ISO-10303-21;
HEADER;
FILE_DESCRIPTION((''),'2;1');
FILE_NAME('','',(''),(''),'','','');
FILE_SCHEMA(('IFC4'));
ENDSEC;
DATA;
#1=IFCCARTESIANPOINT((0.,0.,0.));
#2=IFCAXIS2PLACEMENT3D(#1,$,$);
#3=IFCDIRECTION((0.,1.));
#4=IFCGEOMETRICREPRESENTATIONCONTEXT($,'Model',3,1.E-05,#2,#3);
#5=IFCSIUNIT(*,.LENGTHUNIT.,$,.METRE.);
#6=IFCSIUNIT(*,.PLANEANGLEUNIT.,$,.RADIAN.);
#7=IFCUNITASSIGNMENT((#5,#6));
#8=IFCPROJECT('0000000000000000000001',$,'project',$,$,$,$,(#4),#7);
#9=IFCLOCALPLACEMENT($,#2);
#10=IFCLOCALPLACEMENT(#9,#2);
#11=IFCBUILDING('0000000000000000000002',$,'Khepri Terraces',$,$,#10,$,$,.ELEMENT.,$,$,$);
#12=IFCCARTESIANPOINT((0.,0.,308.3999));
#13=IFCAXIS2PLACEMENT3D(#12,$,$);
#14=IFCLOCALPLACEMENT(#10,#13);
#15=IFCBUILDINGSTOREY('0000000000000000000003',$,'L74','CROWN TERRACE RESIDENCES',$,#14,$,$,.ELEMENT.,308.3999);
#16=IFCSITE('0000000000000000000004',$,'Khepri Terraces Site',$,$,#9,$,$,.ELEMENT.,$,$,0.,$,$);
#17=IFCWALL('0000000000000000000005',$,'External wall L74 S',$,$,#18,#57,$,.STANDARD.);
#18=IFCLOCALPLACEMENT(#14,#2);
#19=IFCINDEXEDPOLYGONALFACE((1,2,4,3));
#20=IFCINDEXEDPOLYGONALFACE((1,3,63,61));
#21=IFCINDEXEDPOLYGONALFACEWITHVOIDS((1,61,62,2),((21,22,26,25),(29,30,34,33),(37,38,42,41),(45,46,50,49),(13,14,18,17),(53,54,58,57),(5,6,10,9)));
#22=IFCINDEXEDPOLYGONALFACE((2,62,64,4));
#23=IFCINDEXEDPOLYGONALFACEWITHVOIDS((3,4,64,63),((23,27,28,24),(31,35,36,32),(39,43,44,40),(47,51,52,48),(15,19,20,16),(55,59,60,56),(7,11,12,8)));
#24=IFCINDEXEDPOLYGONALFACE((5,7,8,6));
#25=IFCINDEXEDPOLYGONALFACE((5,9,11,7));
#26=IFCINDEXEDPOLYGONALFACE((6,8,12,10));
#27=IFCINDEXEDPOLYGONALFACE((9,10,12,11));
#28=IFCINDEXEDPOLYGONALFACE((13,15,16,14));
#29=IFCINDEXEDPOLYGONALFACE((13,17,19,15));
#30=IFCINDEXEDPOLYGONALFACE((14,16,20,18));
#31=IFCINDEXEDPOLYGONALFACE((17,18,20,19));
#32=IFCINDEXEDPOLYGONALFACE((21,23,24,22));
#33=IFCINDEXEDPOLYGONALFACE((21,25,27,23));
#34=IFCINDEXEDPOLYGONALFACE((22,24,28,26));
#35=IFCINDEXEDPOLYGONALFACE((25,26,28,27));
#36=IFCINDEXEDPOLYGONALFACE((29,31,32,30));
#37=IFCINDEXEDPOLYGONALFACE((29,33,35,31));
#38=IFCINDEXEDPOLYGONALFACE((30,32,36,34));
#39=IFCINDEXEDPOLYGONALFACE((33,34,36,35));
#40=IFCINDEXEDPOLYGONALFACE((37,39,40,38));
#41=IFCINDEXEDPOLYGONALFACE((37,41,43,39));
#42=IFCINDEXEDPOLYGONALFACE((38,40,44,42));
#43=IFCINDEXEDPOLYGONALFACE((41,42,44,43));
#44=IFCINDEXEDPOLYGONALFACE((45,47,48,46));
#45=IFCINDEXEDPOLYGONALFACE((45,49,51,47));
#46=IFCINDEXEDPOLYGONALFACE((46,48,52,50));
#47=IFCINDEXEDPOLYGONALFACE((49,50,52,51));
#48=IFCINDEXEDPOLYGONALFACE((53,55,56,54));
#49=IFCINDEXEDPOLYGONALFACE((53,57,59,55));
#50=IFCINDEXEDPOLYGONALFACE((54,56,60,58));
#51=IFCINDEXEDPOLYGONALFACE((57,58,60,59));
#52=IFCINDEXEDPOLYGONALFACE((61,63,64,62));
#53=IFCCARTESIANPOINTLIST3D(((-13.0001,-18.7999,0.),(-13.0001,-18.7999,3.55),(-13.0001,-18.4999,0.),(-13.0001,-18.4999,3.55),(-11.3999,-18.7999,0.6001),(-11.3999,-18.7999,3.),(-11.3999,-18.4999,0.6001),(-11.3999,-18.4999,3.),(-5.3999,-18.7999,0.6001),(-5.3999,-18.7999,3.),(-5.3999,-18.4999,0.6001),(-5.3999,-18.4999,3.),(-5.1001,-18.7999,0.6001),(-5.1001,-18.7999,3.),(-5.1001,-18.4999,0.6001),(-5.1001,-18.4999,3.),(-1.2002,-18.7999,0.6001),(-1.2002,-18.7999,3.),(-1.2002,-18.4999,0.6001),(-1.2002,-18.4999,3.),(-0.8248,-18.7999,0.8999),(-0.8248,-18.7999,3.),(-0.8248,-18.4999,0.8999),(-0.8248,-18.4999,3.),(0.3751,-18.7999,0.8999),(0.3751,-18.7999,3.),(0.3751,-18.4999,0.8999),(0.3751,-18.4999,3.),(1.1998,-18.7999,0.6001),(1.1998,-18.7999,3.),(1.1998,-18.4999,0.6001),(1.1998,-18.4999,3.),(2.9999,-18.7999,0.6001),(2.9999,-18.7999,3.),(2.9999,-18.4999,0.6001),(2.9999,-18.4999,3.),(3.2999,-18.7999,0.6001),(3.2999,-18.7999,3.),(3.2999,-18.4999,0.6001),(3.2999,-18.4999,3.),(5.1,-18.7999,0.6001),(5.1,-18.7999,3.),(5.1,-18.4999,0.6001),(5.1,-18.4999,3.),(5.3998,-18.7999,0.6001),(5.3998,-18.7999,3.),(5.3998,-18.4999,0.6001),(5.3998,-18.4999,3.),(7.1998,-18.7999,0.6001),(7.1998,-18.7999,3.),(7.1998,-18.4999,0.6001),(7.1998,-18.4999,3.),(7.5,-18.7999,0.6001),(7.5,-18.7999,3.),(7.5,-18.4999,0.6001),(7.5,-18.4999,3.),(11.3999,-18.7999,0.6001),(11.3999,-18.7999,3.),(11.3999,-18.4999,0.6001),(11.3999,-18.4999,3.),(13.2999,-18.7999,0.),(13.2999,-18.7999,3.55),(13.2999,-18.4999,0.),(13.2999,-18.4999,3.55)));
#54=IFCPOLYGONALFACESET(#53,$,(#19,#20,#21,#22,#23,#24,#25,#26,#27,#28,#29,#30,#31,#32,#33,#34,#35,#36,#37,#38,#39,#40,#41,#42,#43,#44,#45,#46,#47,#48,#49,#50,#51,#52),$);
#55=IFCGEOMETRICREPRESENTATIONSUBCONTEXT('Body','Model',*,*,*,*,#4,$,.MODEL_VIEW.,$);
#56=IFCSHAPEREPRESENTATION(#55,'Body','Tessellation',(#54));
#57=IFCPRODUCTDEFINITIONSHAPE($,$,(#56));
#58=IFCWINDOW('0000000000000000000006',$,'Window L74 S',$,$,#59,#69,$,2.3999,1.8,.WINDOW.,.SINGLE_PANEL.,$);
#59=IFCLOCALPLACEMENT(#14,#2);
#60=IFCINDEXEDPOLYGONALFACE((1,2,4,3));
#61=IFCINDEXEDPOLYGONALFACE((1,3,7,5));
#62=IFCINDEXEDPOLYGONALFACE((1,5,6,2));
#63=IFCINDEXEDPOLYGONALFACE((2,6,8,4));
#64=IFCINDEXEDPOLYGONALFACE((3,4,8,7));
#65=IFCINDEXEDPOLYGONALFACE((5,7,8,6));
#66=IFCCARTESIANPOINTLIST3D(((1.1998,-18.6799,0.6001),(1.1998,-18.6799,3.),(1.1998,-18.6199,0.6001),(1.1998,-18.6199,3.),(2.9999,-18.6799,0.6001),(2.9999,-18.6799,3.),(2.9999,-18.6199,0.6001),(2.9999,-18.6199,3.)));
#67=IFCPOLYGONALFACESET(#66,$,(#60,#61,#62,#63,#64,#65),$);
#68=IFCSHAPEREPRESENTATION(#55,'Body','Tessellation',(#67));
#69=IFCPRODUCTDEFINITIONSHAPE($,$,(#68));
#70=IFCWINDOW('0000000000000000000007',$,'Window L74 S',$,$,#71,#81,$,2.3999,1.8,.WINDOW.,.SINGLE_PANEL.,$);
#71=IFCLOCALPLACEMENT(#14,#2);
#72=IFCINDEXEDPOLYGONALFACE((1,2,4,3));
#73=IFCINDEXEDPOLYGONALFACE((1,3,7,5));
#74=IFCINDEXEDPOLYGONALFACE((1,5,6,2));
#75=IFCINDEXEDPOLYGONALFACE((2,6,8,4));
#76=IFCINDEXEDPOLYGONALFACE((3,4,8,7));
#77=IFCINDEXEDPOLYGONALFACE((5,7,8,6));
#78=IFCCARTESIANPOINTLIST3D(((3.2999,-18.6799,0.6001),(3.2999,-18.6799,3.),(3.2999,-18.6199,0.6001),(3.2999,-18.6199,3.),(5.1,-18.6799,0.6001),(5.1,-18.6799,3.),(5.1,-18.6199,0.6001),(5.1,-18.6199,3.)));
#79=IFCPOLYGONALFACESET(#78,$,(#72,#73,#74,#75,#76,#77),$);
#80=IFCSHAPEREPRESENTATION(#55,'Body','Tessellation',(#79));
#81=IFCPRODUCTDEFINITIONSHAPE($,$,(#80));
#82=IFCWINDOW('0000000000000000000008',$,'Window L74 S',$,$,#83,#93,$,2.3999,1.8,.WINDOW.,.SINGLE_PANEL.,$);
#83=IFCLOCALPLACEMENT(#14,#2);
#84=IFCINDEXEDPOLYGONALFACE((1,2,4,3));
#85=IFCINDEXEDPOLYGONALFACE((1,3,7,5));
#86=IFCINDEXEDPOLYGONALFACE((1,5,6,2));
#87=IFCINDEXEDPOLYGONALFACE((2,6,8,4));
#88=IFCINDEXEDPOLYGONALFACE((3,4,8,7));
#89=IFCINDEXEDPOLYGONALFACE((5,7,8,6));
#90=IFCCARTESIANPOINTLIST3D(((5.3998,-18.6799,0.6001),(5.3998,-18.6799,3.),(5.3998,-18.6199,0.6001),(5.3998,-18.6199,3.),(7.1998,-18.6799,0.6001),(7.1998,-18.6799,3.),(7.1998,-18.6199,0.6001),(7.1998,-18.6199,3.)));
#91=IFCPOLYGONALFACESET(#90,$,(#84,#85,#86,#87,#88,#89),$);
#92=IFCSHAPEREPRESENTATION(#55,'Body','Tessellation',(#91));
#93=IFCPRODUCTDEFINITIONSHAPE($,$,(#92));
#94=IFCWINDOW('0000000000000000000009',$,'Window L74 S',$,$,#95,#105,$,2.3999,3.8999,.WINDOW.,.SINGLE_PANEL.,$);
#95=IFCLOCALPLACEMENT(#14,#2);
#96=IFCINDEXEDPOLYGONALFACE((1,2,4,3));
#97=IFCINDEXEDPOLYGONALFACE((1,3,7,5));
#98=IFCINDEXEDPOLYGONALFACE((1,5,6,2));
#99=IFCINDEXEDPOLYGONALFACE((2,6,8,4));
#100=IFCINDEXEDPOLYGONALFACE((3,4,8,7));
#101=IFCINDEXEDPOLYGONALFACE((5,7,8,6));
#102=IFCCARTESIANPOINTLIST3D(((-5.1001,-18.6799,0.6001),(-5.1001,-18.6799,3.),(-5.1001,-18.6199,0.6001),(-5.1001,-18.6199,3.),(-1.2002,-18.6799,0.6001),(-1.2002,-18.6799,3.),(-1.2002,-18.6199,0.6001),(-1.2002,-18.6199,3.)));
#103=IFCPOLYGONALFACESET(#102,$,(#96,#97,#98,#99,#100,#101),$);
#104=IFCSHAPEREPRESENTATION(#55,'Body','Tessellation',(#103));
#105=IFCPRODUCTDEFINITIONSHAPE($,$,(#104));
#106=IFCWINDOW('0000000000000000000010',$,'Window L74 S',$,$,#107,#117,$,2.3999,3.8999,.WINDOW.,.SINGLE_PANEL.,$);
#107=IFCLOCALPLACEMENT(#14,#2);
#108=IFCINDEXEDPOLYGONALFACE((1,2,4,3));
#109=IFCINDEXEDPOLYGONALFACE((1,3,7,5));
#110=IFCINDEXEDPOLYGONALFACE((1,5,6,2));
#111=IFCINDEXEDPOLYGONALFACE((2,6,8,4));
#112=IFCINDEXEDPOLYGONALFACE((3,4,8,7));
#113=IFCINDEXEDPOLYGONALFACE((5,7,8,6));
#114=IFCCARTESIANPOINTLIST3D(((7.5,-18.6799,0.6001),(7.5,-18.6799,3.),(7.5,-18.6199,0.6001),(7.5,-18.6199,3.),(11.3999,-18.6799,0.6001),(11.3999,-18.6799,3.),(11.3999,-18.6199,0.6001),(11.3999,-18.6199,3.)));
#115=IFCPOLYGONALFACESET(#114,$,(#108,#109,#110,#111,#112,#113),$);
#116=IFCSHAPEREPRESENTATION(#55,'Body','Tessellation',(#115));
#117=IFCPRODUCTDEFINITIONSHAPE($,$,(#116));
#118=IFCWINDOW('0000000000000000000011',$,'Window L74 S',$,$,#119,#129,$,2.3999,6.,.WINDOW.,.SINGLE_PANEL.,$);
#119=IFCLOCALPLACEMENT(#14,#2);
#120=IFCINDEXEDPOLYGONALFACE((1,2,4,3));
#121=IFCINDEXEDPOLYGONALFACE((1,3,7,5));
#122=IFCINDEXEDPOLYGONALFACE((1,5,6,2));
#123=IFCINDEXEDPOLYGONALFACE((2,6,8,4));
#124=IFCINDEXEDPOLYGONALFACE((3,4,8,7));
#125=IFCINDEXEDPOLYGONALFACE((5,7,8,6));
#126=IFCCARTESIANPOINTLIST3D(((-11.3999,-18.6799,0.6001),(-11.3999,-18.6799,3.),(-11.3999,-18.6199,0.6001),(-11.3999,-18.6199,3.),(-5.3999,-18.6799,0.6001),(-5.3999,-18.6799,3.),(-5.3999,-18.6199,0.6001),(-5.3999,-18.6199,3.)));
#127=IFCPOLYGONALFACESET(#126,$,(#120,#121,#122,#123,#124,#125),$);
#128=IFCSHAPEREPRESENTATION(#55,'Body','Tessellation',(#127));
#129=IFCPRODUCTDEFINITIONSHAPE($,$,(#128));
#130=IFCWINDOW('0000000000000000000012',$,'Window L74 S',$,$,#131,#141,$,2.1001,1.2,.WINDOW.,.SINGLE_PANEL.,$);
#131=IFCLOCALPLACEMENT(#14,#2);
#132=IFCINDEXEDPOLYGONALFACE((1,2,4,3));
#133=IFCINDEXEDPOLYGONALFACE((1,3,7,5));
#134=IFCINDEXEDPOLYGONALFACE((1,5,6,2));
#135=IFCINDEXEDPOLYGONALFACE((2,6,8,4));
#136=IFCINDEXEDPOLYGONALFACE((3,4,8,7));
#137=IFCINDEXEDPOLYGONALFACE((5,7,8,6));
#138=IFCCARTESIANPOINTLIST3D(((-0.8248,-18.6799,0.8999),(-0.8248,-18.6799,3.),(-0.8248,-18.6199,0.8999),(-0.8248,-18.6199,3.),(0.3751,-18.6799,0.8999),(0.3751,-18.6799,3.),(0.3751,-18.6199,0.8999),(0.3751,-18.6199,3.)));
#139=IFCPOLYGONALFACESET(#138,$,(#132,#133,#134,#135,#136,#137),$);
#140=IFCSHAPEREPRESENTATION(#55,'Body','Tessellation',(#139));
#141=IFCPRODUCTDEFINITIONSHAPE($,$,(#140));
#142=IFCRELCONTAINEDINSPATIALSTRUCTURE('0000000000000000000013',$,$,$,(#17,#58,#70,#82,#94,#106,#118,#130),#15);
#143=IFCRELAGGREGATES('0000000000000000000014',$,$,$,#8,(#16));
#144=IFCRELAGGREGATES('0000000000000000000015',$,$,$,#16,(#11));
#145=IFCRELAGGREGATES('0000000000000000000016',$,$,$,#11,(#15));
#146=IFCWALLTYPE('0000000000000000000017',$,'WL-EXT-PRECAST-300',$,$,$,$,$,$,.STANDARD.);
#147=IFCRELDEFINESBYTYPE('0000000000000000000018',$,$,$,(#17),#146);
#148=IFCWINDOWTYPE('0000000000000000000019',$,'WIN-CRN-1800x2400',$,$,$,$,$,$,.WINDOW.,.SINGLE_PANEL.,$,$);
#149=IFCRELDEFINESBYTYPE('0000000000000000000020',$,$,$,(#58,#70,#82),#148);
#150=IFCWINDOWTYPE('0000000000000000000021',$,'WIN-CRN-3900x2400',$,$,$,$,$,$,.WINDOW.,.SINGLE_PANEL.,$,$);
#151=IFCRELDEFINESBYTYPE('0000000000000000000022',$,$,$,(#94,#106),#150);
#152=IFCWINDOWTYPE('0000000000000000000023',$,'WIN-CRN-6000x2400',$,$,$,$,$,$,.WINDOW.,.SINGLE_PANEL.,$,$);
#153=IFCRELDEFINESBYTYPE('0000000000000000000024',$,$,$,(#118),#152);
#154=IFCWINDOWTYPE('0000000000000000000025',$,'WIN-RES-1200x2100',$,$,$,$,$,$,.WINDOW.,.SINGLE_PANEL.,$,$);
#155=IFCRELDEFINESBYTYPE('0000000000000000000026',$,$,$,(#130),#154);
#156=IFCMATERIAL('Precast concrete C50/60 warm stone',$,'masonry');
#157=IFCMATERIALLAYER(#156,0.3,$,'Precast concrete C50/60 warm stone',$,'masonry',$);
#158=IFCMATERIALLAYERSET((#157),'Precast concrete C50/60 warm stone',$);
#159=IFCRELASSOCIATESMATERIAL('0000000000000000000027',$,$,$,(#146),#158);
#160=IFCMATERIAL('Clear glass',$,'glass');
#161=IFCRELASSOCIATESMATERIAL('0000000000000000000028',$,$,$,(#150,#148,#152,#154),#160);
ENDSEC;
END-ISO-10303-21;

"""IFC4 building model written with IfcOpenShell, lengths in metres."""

from ifc_helpers import new_model, si_unit, direction, frame, frame_2d, origin, place, context, subcontext, project, spatial, rectangle, extrude, material, layer, layer_set, type_object, element, fill, save


model = new_model("IFC4")

# Units and contexts
model_context = context("Model", 3, precision=1e-05, world=origin(), true_north=direction((0.0, 1.0)))
body_context = subcontext(model_context, "Body", "Model", "MODEL_VIEW")
ifc_project = project(units=[si_unit("LENGTHUNIT", "METRE"), si_unit("PLANEANGLEUNIT", "RADIAN")], contexts=[model_context])

# Site, building, storey
site_placement = place(None, origin())
site = spatial("IfcSite", under=ifc_project, at=site_placement, Name="Khepri Terraces Site", CompositionType="ELEMENT", RefElevation=0.0)
building_placement = place(site_placement, origin())
building = spatial("IfcBuilding", under=site, at=building_placement, Name="Khepri Terraces", CompositionType="ELEMENT")
storey_placement = place(building_placement, frame((0.0, 0.0, 308.3999)))
storey = spatial("IfcBuildingStorey", under=building, at=storey_placement, Name="L74", Description="CROWN TERRACE RESIDENCES", CompositionType="ELEMENT", Elevation=308.3999)

# Shared definitions
ifc_material_1 = material(Name="Precast concrete C50/60 warm stone", Category="masonry")
ifc_layer_1 = layer(ifc_material_1, 0.3, Name="Precast concrete C50/60 warm stone", Category="masonry")
ifc_layer_set_1 = layer_set([ifc_layer_1], Name="Precast concrete C50/60 warm stone")
wall_type_1 = type_object("IfcWallType", Name="WL-EXT-PRECAST-300", PredefinedType="STANDARD", material=ifc_layer_set_1)
ifc_material_2 = material(Name="Clear glass", Category="glass")
window_type_1 = type_object("IfcWindowType", Name="WIN-CRN-3900x2400", PartitioningType="SINGLE_PANEL", PredefinedType="WINDOW", material=ifc_material_2)

# Wall, openings, windows
wall_1_placement = place(storey_placement, frame((-13.0, -18.6499, 0.0), z_axis=(0.0, 0.0, 1.0), x_axis=(1.0, 0.0, 0.0)))
wall_1 = element("IfcWall", 1, at=wall_1_placement, inside=storey, type_object=wall_type_1, Name="External wall L74 S", PredefinedType="STANDARD", context=body_context, shape_type="SweptSolid", body=[
    extrude(rectangle(XDim=26.3, YDim=0.3, at=frame_2d((13.1499, 0.0))), origin(), (0.0, 0.0, 1.0), 3.55),
])
opening_1_placement = place(wall_1_placement, frame((1.6001, 0.0, 0.6001)))
opening_1 = element("IfcOpeningElement", 2, at=opening_1_placement, cuts=wall_1, PredefinedType="OPENING", context=body_context, shape_type="SweptSolid", body=[
    extrude(rectangle(XDim=6.0, YDim=2.3999, at=frame_2d((3.0, 1.2))), frame((0.0, 0.1602, 0.0), z_axis=(0.0, -1.0, 0.0), x_axis=(1.0, 0.0, 0.0)), (0.0, 0.0, 1.0), 0.3201),
])
opening_2_placement = place(wall_1_placement, frame((7.8999, 0.0, 0.6001)))
opening_2 = element("IfcOpeningElement", 3, at=opening_2_placement, cuts=wall_1, PredefinedType="OPENING", context=body_context, shape_type="SweptSolid", body=[
    extrude(rectangle(XDim=3.8999, YDim=2.3999, at=frame_2d((1.95, 1.2))), frame((0.0, 0.1602, 0.0), z_axis=(0.0, -1.0, 0.0), x_axis=(1.0, 0.0, 0.0)), (0.0, 0.0, 1.0), 0.3201),
])
opening_3_placement = place(wall_1_placement, frame((14.2, 0.0, 0.6001)))
opening_3 = element("IfcOpeningElement", 4, at=opening_3_placement, cuts=wall_1, PredefinedType="OPENING", context=body_context, shape_type="SweptSolid", body=[
    extrude(rectangle(XDim=1.8, YDim=2.3999, at=frame_2d((0.8999, 1.2))), frame((0.0, 0.1602, 0.0), z_axis=(0.0, -1.0, 0.0), x_axis=(1.0, 0.0, 0.0)), (0.0, 0.0, 1.0), 0.3201),
])
opening_4_placement = place(wall_1_placement, frame((16.3, 0.0, 0.6001)))
opening_4 = element("IfcOpeningElement", 5, at=opening_4_placement, cuts=wall_1, PredefinedType="OPENING", context=body_context, shape_type="SweptSolid", body=[
    extrude(rectangle(XDim=1.8, YDim=2.3999, at=frame_2d((0.8999, 1.2))), frame((0.0, 0.1602, 0.0), z_axis=(0.0, -1.0, 0.0), x_axis=(1.0, 0.0, 0.0)), (0.0, 0.0, 1.0), 0.3201),
])
opening_5_placement = place(wall_1_placement, frame((18.3999, 0.0, 0.6001)))
opening_5 = element("IfcOpeningElement", 6, at=opening_5_placement, cuts=wall_1, PredefinedType="OPENING", context=body_context, shape_type="SweptSolid", body=[
    extrude(rectangle(XDim=1.8, YDim=2.3999, at=frame_2d((0.8999, 1.2))), frame((0.0, 0.1602, 0.0), z_axis=(0.0, -1.0, 0.0), x_axis=(1.0, 0.0, 0.0)), (0.0, 0.0, 1.0), 0.3201),
])
opening_6_placement = place(wall_1_placement, frame((20.5, 0.0, 0.6001)))
opening_6 = element("IfcOpeningElement", 7, at=opening_6_placement, cuts=wall_1, PredefinedType="OPENING", context=body_context, shape_type="SweptSolid", body=[
    extrude(rectangle(XDim=3.8999, YDim=2.3999, at=frame_2d((1.95, 1.2))), frame((0.0, 0.1602, 0.0), z_axis=(0.0, -1.0, 0.0), x_axis=(1.0, 0.0, 0.0)), (0.0, 0.0, 1.0), 0.3201),
])
opening_7_placement = place(wall_1_placement, frame((12.175, 0.0, 0.8999)))
opening_7 = element("IfcOpeningElement", 8, at=opening_7_placement, cuts=wall_1, PredefinedType="OPENING", context=body_context, shape_type="SweptSolid", body=[
    extrude(rectangle(XDim=1.2, YDim=2.1001, at=frame_2d((0.6001, 1.05))), frame((0.0, 0.1602, 0.0), z_axis=(0.0, -1.0, 0.0), x_axis=(1.0, 0.0, 0.0)), (0.0, 0.0, 1.0), 0.3201),
])
window_type_2 = type_object("IfcWindowType", Name="WIN-CRN-1800x2400", PartitioningType="SINGLE_PANEL", PredefinedType="WINDOW", material=ifc_material_2)
window_1_placement = place(opening_3_placement, origin())
window_1 = element("IfcWindow", 9, at=window_1_placement, inside=storey, type_object=window_type_2, Name="Window L74 S", OverallHeight=2.3999, OverallWidth=1.8, PartitioningType="SINGLE_PANEL", PredefinedType="WINDOW", context=body_context, shape_type="SweptSolid", body=[
    extrude(rectangle(XDim=1.8, YDim=2.3999, at=frame_2d((0.8999, 1.2))), frame((0.0, 0.03, 0.0), z_axis=(0.0, -1.0, 0.0), x_axis=(1.0, 0.0, 0.0)), (0.0, 0.0, 1.0), 0.0601),
])
fill(opening_3, window_1)
window_2_placement = place(opening_4_placement, origin())
window_2 = element("IfcWindow", 10, at=window_2_placement, inside=storey, type_object=window_type_2, Name="Window L74 S", OverallHeight=2.3999, OverallWidth=1.8, PartitioningType="SINGLE_PANEL", PredefinedType="WINDOW", context=body_context, shape_type="SweptSolid", body=[
    extrude(rectangle(XDim=1.8, YDim=2.3999, at=frame_2d((0.8999, 1.2))), frame((0.0, 0.03, 0.0), z_axis=(0.0, -1.0, 0.0), x_axis=(1.0, 0.0, 0.0)), (0.0, 0.0, 1.0), 0.0601),
])
fill(opening_4, window_2)
window_3_placement = place(opening_5_placement, origin())
window_3 = element("IfcWindow", 11, at=window_3_placement, inside=storey, type_object=window_type_2, Name="Window L74 S", OverallHeight=2.3999, OverallWidth=1.8, PartitioningType="SINGLE_PANEL", PredefinedType="WINDOW", context=body_context, shape_type="SweptSolid", body=[
    extrude(rectangle(XDim=1.8, YDim=2.3999, at=frame_2d((0.8999, 1.2))), frame((0.0, 0.03, 0.0), z_axis=(0.0, -1.0, 0.0), x_axis=(1.0, 0.0, 0.0)), (0.0, 0.0, 1.0), 0.0601),
])
fill(opening_5, window_3)
window_4_placement = place(opening_2_placement, origin())
window_4 = element("IfcWindow", 12, at=window_4_placement, inside=storey, type_object=window_type_1, Name="Window L74 S", OverallHeight=2.3999, OverallWidth=3.8999, PartitioningType="SINGLE_PANEL", PredefinedType="WINDOW", context=body_context, shape_type="SweptSolid", body=[
    extrude(rectangle(XDim=3.8999, YDim=2.3999, at=frame_2d((1.95, 1.2))), frame((0.0, 0.03, 0.0), z_axis=(0.0, -1.0, 0.0), x_axis=(1.0, 0.0, 0.0)), (0.0, 0.0, 1.0), 0.0601),
])
fill(opening_2, window_4)
window_5_placement = place(opening_6_placement, origin())
window_5 = element("IfcWindow", 13, at=window_5_placement, inside=storey, type_object=window_type_1, Name="Window L74 S", OverallHeight=2.3999, OverallWidth=3.8999, PartitioningType="SINGLE_PANEL", PredefinedType="WINDOW", context=body_context, shape_type="SweptSolid", body=[
    extrude(rectangle(XDim=3.8999, YDim=2.3999, at=frame_2d((1.95, 1.2))), frame((0.0, 0.03, 0.0), z_axis=(0.0, -1.0, 0.0), x_axis=(1.0, 0.0, 0.0)), (0.0, 0.0, 1.0), 0.0601),
])
fill(opening_6, window_5)
window_type_3 = type_object("IfcWindowType", Name="WIN-CRN-6000x2400", PartitioningType="SINGLE_PANEL", PredefinedType="WINDOW", material=ifc_material_2)
window_6_placement = place(opening_1_placement, origin())
window_6 = element("IfcWindow", 14, at=window_6_placement, inside=storey, type_object=window_type_3, Name="Window L74 S", OverallHeight=2.3999, OverallWidth=6.0, PartitioningType="SINGLE_PANEL", PredefinedType="WINDOW", context=body_context, shape_type="SweptSolid", body=[
    extrude(rectangle(XDim=6.0, YDim=2.3999, at=frame_2d((3.0, 1.2))), frame((0.0, 0.03, 0.0), z_axis=(0.0, -1.0, 0.0), x_axis=(1.0, 0.0, 0.0)), (0.0, 0.0, 1.0), 0.0601),
])
fill(opening_1, window_6)
window_type_4 = type_object("IfcWindowType", Name="WIN-RES-1200x2100", PartitioningType="SINGLE_PANEL", PredefinedType="WINDOW", material=ifc_material_2)
window_7_placement = place(opening_7_placement, origin())
window_7 = element("IfcWindow", 15, at=window_7_placement, inside=storey, type_object=window_type_4, Name="Window L74 S", OverallHeight=2.1001, OverallWidth=1.2, PartitioningType="SINGLE_PANEL", PredefinedType="WINDOW", context=body_context, shape_type="SweptSolid", body=[
    extrude(rectangle(XDim=1.2, YDim=2.1001, at=frame_2d((0.6001, 1.05))), frame((0.0, 0.03, 0.0), z_axis=(0.0, -1.0, 0.0), x_axis=(1.0, 0.0, 0.0)), (0.0, 0.0, 1.0), 0.0601),
])
fill(opening_7, window_7)

save(model, "model.ifc")
